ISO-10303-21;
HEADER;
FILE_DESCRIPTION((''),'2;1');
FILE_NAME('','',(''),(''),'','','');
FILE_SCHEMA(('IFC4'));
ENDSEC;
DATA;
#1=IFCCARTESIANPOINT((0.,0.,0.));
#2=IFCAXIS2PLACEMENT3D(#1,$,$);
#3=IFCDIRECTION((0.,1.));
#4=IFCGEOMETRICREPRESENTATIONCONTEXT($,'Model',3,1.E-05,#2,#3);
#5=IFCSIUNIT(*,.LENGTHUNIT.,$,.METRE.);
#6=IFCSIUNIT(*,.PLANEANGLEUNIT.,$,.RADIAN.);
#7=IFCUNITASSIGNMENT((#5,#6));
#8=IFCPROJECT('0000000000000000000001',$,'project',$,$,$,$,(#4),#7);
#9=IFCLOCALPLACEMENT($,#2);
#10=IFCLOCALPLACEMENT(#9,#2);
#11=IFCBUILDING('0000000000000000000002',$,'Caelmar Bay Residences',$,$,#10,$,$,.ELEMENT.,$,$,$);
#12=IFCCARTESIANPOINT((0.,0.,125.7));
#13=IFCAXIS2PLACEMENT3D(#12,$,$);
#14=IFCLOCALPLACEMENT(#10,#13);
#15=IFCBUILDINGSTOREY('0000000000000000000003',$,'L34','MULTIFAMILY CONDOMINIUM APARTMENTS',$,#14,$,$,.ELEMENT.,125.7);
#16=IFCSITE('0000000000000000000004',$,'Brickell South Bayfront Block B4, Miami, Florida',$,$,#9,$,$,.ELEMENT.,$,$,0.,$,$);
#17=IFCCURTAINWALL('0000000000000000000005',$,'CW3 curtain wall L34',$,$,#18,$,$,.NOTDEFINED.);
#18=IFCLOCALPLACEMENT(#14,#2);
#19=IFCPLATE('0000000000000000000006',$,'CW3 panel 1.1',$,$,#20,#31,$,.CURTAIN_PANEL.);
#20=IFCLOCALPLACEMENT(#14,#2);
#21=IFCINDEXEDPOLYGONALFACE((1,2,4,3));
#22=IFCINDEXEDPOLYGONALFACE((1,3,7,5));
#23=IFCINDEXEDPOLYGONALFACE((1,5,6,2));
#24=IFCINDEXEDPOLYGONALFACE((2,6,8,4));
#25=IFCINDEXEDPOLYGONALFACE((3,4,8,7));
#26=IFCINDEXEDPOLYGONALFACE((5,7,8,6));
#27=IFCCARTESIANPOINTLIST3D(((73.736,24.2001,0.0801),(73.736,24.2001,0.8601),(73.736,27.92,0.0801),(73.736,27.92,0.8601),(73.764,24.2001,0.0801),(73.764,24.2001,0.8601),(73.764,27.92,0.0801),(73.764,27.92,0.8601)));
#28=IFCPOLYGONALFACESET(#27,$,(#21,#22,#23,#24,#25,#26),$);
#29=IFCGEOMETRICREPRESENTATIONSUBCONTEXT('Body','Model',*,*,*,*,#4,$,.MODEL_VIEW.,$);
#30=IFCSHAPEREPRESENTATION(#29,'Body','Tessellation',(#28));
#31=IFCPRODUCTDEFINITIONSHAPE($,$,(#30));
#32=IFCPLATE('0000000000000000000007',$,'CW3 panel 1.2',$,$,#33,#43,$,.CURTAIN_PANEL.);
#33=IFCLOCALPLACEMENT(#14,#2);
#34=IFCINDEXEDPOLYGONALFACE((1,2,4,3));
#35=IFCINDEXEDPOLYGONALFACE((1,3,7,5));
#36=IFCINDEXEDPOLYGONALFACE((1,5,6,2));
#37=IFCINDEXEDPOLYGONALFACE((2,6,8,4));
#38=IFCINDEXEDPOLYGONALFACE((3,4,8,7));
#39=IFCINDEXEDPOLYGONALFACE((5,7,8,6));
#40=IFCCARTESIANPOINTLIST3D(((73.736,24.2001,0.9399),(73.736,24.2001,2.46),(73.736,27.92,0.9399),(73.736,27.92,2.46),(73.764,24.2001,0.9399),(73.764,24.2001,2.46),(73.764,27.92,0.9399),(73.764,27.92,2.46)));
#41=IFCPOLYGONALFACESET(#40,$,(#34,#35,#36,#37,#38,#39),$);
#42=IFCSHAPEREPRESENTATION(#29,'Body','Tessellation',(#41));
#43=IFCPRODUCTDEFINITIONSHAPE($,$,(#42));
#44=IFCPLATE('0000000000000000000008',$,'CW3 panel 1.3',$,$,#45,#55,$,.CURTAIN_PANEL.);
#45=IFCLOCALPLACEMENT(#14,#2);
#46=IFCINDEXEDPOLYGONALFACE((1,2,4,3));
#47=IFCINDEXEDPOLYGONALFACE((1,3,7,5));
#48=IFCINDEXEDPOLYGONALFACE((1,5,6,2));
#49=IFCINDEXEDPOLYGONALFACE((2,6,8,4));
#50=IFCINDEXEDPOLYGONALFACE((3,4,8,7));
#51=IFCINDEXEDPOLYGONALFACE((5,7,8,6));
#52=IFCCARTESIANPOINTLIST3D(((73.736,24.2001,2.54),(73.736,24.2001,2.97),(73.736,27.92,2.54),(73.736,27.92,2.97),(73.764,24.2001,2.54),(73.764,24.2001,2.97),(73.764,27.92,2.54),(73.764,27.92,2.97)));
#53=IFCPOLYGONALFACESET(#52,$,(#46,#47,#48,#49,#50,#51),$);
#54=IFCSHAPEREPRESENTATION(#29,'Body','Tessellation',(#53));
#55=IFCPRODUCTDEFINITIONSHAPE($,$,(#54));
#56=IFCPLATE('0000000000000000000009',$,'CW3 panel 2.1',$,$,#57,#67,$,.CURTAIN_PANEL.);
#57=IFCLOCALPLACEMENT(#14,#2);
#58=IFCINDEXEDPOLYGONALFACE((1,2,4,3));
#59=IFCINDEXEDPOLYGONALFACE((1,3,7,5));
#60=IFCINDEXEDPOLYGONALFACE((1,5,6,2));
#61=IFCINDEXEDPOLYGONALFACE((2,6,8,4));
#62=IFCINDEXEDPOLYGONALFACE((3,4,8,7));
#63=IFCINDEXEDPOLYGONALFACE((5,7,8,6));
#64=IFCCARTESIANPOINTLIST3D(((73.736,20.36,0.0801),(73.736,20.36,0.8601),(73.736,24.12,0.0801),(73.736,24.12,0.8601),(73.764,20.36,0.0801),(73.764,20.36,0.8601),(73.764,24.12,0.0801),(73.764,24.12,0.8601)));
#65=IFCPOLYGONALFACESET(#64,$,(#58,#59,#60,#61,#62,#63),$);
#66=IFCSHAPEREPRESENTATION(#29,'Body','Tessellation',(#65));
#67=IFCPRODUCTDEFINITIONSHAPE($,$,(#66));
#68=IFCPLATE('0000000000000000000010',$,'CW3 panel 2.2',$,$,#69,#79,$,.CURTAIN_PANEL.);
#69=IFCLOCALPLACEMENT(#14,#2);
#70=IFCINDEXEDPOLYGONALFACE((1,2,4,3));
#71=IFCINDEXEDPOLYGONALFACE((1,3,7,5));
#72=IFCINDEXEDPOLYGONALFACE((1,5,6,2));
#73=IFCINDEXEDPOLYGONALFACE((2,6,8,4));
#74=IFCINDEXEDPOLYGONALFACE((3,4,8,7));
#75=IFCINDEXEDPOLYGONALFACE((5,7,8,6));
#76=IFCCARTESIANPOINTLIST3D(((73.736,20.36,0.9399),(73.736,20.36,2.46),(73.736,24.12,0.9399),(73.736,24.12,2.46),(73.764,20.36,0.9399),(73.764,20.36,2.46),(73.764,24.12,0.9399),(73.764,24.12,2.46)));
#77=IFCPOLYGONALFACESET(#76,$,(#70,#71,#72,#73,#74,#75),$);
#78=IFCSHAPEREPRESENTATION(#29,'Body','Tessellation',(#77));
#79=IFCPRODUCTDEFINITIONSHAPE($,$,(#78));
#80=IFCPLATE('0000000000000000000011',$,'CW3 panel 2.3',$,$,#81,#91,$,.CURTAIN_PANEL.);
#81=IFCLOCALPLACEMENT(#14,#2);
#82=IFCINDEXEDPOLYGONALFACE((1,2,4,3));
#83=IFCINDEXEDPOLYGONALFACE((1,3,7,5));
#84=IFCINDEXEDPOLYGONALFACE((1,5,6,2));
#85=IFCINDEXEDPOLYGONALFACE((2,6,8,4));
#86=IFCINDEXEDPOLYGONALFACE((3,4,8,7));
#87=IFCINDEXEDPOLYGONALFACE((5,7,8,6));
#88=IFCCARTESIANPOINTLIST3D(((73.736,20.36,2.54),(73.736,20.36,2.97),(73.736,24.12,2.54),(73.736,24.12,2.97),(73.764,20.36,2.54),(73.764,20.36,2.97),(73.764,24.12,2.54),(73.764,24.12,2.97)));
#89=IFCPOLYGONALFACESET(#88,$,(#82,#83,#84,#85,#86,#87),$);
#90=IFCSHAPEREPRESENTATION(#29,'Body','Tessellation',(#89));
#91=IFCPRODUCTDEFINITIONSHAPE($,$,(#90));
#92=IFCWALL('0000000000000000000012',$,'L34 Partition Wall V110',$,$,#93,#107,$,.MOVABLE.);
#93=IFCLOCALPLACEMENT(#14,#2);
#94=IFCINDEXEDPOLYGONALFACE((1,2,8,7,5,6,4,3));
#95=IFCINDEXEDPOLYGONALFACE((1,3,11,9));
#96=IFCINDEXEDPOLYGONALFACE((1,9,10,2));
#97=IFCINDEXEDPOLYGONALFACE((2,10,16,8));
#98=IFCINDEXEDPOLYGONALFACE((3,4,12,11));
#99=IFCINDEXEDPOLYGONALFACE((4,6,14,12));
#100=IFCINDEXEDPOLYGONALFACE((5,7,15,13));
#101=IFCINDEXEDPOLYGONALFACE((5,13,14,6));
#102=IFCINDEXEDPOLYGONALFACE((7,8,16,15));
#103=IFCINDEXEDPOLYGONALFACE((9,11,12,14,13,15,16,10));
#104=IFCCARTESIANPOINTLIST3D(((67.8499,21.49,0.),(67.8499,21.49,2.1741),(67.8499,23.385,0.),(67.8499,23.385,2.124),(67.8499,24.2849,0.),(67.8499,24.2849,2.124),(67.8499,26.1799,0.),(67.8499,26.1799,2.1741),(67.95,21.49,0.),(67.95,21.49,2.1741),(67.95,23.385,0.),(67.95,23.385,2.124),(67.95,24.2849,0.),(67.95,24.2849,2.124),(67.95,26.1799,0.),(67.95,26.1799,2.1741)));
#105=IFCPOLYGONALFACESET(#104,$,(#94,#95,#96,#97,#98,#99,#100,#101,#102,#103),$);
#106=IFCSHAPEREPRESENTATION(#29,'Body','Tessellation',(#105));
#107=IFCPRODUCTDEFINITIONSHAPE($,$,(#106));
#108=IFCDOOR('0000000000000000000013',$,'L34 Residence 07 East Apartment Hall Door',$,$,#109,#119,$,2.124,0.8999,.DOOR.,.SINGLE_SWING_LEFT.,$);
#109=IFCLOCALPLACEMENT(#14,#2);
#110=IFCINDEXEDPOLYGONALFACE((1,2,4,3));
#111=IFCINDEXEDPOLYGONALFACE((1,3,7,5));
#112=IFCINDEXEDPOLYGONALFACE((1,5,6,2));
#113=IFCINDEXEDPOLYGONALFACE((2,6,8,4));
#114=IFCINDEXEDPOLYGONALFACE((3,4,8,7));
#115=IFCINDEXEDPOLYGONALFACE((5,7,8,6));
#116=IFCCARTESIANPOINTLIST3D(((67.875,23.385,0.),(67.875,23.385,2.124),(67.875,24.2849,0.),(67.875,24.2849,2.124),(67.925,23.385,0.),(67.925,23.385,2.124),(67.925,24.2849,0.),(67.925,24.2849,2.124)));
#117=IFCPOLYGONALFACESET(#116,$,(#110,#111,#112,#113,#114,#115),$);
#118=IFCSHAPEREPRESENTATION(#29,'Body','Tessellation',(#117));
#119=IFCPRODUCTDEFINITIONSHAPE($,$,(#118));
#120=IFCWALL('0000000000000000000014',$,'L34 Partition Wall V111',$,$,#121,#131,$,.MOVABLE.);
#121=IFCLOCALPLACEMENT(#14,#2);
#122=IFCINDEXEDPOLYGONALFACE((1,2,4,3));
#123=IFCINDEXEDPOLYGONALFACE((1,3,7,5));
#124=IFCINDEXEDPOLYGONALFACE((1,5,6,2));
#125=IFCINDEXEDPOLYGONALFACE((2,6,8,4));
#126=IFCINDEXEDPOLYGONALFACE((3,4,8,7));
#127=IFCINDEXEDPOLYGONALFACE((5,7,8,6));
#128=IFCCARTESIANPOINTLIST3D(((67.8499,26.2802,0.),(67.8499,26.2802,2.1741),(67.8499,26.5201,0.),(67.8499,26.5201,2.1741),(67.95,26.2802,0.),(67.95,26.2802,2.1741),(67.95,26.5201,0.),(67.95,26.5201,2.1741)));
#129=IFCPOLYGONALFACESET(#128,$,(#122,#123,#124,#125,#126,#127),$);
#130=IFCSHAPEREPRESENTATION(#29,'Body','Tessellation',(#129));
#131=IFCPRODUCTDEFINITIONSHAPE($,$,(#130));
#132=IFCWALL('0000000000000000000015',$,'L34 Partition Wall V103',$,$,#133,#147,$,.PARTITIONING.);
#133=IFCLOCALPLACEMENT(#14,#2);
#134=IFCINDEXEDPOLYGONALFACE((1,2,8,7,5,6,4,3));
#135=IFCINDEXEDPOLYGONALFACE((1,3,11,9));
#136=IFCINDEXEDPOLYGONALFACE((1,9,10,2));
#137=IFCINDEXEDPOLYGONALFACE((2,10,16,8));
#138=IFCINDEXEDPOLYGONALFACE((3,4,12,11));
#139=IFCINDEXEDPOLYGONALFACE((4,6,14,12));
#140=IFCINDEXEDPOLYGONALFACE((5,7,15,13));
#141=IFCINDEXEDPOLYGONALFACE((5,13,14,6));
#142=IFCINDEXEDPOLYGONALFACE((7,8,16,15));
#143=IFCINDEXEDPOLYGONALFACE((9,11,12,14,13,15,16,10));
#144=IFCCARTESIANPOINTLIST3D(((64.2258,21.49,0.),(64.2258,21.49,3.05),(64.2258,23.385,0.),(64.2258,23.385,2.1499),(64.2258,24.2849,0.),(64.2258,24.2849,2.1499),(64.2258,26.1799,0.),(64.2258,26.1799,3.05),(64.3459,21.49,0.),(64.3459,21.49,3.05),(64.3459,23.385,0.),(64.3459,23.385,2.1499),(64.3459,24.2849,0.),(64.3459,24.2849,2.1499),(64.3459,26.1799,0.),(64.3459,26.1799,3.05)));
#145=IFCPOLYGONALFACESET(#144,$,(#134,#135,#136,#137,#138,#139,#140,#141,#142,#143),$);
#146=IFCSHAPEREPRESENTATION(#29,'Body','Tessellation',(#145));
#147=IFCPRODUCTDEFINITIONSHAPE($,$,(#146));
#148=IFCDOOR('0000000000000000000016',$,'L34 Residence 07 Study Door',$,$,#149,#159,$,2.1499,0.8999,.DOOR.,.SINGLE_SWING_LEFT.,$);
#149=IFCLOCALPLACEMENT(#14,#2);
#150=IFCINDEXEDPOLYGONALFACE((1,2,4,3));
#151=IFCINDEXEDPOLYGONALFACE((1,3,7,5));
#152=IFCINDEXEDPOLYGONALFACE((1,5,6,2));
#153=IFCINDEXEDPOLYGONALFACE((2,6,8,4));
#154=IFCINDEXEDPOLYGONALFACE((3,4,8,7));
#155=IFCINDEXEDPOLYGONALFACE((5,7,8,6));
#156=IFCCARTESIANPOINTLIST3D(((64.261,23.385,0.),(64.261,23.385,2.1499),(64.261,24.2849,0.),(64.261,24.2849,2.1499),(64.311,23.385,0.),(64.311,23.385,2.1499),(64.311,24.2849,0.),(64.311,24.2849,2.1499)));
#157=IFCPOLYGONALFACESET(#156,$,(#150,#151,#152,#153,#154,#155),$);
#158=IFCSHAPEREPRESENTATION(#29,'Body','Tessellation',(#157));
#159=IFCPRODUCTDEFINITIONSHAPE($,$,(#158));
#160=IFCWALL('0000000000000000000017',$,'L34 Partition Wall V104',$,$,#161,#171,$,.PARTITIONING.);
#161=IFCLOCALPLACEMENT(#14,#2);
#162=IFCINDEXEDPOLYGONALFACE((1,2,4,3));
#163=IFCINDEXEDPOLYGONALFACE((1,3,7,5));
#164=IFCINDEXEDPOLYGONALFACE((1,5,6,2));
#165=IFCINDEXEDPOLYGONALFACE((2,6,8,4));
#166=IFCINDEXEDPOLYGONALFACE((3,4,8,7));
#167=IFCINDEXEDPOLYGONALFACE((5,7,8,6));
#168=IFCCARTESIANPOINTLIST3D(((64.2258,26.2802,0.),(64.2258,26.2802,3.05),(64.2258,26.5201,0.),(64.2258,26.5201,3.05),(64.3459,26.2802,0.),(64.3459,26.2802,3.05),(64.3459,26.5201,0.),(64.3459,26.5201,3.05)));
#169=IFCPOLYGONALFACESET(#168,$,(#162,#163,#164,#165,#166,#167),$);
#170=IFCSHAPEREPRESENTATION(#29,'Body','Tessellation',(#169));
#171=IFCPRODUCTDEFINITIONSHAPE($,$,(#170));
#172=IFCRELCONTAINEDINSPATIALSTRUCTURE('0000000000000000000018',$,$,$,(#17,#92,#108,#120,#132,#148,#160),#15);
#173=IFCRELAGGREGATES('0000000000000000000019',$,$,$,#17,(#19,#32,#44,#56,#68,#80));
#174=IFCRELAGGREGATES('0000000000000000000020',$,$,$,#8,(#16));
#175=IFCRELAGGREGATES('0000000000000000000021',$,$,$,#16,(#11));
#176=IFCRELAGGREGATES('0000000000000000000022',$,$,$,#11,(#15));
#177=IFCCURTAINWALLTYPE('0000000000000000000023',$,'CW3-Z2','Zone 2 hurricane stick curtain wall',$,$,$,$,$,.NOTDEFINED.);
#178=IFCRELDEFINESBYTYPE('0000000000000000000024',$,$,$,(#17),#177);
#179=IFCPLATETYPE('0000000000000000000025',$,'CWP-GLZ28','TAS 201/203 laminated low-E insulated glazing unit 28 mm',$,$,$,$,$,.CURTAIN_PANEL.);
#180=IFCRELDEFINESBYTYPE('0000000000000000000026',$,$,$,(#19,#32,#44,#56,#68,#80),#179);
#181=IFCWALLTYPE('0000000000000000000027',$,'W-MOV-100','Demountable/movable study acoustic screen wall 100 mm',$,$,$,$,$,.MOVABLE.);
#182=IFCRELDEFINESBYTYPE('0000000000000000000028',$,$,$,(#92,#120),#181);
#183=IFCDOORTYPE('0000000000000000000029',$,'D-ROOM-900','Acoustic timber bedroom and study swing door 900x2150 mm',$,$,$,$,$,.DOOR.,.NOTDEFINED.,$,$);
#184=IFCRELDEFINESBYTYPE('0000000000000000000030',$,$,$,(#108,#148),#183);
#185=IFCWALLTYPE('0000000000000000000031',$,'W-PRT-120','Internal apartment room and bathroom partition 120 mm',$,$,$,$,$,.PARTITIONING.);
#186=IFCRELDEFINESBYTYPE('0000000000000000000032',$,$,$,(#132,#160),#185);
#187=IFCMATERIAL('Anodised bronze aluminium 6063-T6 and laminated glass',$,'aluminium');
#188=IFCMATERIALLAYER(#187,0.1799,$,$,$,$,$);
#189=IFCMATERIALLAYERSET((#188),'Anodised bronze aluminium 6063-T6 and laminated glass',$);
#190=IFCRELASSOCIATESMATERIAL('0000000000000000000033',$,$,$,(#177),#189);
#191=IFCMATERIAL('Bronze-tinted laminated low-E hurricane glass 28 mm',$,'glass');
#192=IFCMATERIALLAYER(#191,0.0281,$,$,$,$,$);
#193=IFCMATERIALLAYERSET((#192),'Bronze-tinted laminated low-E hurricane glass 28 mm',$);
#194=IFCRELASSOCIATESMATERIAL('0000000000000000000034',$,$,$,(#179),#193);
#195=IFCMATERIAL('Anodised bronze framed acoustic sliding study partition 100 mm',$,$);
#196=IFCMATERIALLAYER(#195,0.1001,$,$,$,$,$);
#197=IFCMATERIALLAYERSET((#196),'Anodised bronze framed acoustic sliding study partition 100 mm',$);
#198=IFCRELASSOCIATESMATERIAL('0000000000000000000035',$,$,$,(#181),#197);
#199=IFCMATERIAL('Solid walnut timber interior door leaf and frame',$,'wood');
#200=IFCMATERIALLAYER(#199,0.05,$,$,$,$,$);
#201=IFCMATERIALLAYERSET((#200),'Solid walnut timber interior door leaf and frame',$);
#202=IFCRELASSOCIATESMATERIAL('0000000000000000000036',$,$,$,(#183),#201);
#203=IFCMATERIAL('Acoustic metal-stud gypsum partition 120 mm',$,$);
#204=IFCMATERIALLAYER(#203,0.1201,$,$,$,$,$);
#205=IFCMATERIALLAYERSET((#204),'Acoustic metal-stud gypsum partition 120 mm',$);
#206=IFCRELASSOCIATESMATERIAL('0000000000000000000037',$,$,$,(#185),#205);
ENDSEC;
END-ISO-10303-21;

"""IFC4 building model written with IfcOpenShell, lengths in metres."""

from ifc_helpers import new_model, si_unit, direction, frame, frame_2d, origin, origin_2d, place, context, subcontext, project, spatial, rectangle, extrude, material, layer, layer_set, type_object, element, fill, aggregate, save


model = new_model("IFC4")

# Units and contexts
model_context = context("Model", 3, precision=1e-05, world=origin(), true_north=direction((0.0, 1.0)))
body_context = subcontext(model_context, "Body", "Model", "MODEL_VIEW")
ifc_project = project(units=[si_unit("LENGTHUNIT", "METRE"), si_unit("PLANEANGLEUNIT", "RADIAN")], contexts=[model_context])

# Site, building, storey
site_placement = place(None, origin())
site = spatial("IfcSite", under=ifc_project, at=site_placement, Name="Brickell South Bayfront Block B4, Miami, Florida", CompositionType="ELEMENT", RefElevation=0.0)
building_placement = place(site_placement, origin())
building = spatial("IfcBuilding", under=site, at=building_placement, Name="Caelmar Bay Residences", CompositionType="ELEMENT")
storey_placement = place(building_placement, frame((0.0, 0.0, 125.7)))
storey = spatial("IfcBuildingStorey", under=building, at=storey_placement, Name="L34", Description="MULTIFAMILY CONDOMINIUM APARTMENTS", CompositionType="ELEMENT", Elevation=125.7)

# Curtain wall, plates
ifc_material_1 = material(Name="Anodised bronze aluminium 6063-T6 and laminated glass", Category="aluminium")
ifc_layer_1 = layer(ifc_material_1, 0.1799)
ifc_layer_set_1 = layer_set([ifc_layer_1], Name="Anodised bronze aluminium 6063-T6 and laminated glass")
curtain_wall_type = type_object("IfcCurtainWallType", Name="CW3-Z2", Description="Zone 2 hurricane stick curtain wall", PredefinedType="NOTDEFINED", material=ifc_layer_set_1)
curtain_wall_placement = place(storey_placement, origin())
curtain_wall = element("IfcCurtainWall", 1, at=curtain_wall_placement, inside=storey, type_object=curtain_wall_type, Name="CW3 curtain wall L34", PredefinedType="NOTDEFINED")
ifc_material_2 = material(Name="Bronze-tinted laminated low-E hurricane glass 28 mm", Category="glass")
ifc_layer_2 = layer(ifc_material_2, 0.0281)
ifc_layer_set_2 = layer_set([ifc_layer_2], Name="Bronze-tinted laminated low-E hurricane glass 28 mm")
plate_type = type_object("IfcPlateType", Name="CWP-GLZ28", Description="TAS 201/203 laminated low-E insulated glazing unit 28 mm", PredefinedType="CURTAIN_PANEL", material=ifc_layer_set_2)
plate_1_placement = place(storey_placement, frame((73.75, 26.0601, 0.0801), z_axis=(0.0, 0.0, 1.0), x_axis=(0.0, -1.0, 0.0)))
plate_1 = element("IfcPlate", 2, at=plate_1_placement, type_object=plate_type, Name="CW3 panel 1.1", PredefinedType="CURTAIN_PANEL", context=body_context, shape_type="SweptSolid", body=[
    extrude(rectangle(XDim=3.72, YDim=0.0281, at=origin_2d()), origin(), (0.0, 0.0, 1.0), 0.78),
])
plate_2_placement = place(storey_placement, frame((73.75, 26.0601, 0.9399), z_axis=(0.0, 0.0, 1.0), x_axis=(0.0, -1.0, 0.0)))
plate_2 = element("IfcPlate", 3, at=plate_2_placement, type_object=plate_type, Name="CW3 panel 1.2", PredefinedType="CURTAIN_PANEL", context=body_context, shape_type="SweptSolid", body=[
    extrude(rectangle(XDim=3.72, YDim=0.0281, at=origin_2d()), origin(), (0.0, 0.0, 1.0), 1.52),
])
plate_3_placement = place(storey_placement, frame((73.75, 26.0601, 2.54), z_axis=(0.0, 0.0, 1.0), x_axis=(0.0, -1.0, 0.0)))
plate_3 = element("IfcPlate", 4, at=plate_3_placement, type_object=plate_type, Name="CW3 panel 1.3", PredefinedType="CURTAIN_PANEL", context=body_context, shape_type="SweptSolid", body=[
    extrude(rectangle(XDim=3.72, YDim=0.0281, at=origin_2d()), origin(), (0.0, 0.0, 1.0), 0.4299),
])
plate_4_placement = place(storey_placement, frame((73.75, 22.24, 0.0801), z_axis=(0.0, 0.0, 1.0), x_axis=(0.0, -1.0, 0.0)))
plate_4 = element("IfcPlate", 5, at=plate_4_placement, type_object=plate_type, Name="CW3 panel 2.1", PredefinedType="CURTAIN_PANEL", context=body_context, shape_type="SweptSolid", body=[
    extrude(rectangle(XDim=3.76, YDim=0.0281, at=origin_2d()), origin(), (0.0, 0.0, 1.0), 0.78),
])
plate_5_placement = place(storey_placement, frame((73.75, 22.24, 0.9399), z_axis=(0.0, 0.0, 1.0), x_axis=(0.0, -1.0, 0.0)))
plate_5 = element("IfcPlate", 6, at=plate_5_placement, type_object=plate_type, Name="CW3 panel 2.2", PredefinedType="CURTAIN_PANEL", context=body_context, shape_type="SweptSolid", body=[
    extrude(rectangle(XDim=3.76, YDim=0.0281, at=origin_2d()), origin(), (0.0, 0.0, 1.0), 1.52),
])
plate_6_placement = place(storey_placement, frame((73.75, 22.24, 2.54), z_axis=(0.0, 0.0, 1.0), x_axis=(0.0, -1.0, 0.0)))
plate_6 = element("IfcPlate", 7, at=plate_6_placement, type_object=plate_type, Name="CW3 panel 2.3", PredefinedType="CURTAIN_PANEL", context=body_context, shape_type="SweptSolid", body=[
    extrude(rectangle(XDim=3.76, YDim=0.0281, at=origin_2d()), origin(), (0.0, 0.0, 1.0), 0.4299),
])
aggregate(curtain_wall, [plate_1, plate_2, plate_3, plate_4, plate_5, plate_6])

# Wall, opening, door
ifc_material_3 = material(Name="Anodised bronze framed acoustic sliding study partition 100 mm")
ifc_layer_3 = layer(ifc_material_3, 0.1001)
ifc_layer_set_3 = layer_set([ifc_layer_3], Name="Anodised bronze framed acoustic sliding study partition 100 mm")
wall_type_1 = type_object("IfcWallType", Name="W-MOV-100", Description="Demountable/movable study acoustic screen wall 100 mm", PredefinedType="MOVABLE", material=ifc_layer_set_3)
wall_1_placement = place(storey_placement, frame((67.8999, 21.49, 0.0), z_axis=(0.0, 0.0, 1.0), x_axis=(0.0, 1.0, 0.0)))
wall_1 = element("IfcWall", 8, at=wall_1_placement, inside=storey, type_object=wall_type_1, Name="L34 Partition Wall V110", PredefinedType="MOVABLE", context=body_context, shape_type="SweptSolid", body=[
    extrude(rectangle(XDim=4.6899, YDim=0.1001, at=frame_2d((2.345, 0.0))), origin(), (0.0, 0.0, 1.0), 2.1741),
])
opening_1_placement = place(wall_1_placement, frame((1.895, 0.0, 0.0)))
opening_1 = element("IfcOpeningElement", 9, at=opening_1_placement, cuts=wall_1, PredefinedType="OPENING", context=body_context, shape_type="SweptSolid", body=[
    extrude(rectangle(XDim=0.8999, YDim=2.124, at=frame_2d((0.45, 1.062))), frame((0.0, 0.0601, 0.0), z_axis=(0.0, -1.0, 0.0), x_axis=(1.0, 0.0, 0.0)), (0.0, 0.0, 1.0), 0.1201),
])
ifc_material_4 = material(Name="Solid walnut timber interior door leaf and frame", Category="wood")
ifc_layer_4 = layer(ifc_material_4, 0.05)
ifc_layer_set_4 = layer_set([ifc_layer_4], Name="Solid walnut timber interior door leaf and frame")
door_type_1 = type_object("IfcDoorType", Name="D-ROOM-900", Description="Acoustic timber bedroom and study swing door 900x2150 mm", OperationType="NOTDEFINED", PredefinedType="DOOR", material=ifc_layer_set_4)
door_1_placement = place(opening_1_placement, origin())
door_1 = element("IfcDoor", 10, at=door_1_placement, inside=storey, type_object=door_type_1, Name="L34 Residence 07 East Apartment Hall Door", OperationType="SINGLE_SWING_LEFT", OverallHeight=2.124, OverallWidth=0.8999, PredefinedType="DOOR", context=body_context, shape_type="SweptSolid", body=[
    extrude(rectangle(XDim=0.8999, YDim=2.124, at=frame_2d((0.45, 1.062))), frame((0.0, 0.0249, 0.0), z_axis=(0.0, -1.0, 0.0), x_axis=(1.0, 0.0, 0.0)), (0.0, 0.0, 1.0), 0.05),
])
fill(opening_1, door_1)

# Wall
wall_2_placement = place(storey_placement, frame((67.8999, 26.28, 0.0), z_axis=(0.0, 0.0, 1.0), x_axis=(0.0, 1.0, 0.0)))
element("IfcWall", 11, at=wall_2_placement, inside=storey, type_object=wall_type_1, Name="L34 Partition Wall V111", PredefinedType="MOVABLE", context=body_context, shape_type="SweptSolid", body=[
    extrude(rectangle(XDim=0.24, YDim=0.1001, at=frame_2d((0.1201, 0.0))), origin(), (0.0, 0.0, 1.0), 2.1741),
])

# Wall, opening, door
ifc_material_5 = material(Name="Acoustic metal-stud gypsum partition 120 mm")
ifc_layer_5 = layer(ifc_material_5, 0.1201)
ifc_layer_set_5 = layer_set([ifc_layer_5], Name="Acoustic metal-stud gypsum partition 120 mm")
wall_type_2 = type_object("IfcWallType", Name="W-PRT-120", Description="Internal apartment room and bathroom partition 120 mm", PredefinedType="PARTITIONING", material=ifc_layer_set_5)
wall_3_placement = place(storey_placement, frame((64.2859, 21.49, 0.0), z_axis=(0.0, 0.0, 1.0), x_axis=(0.0, 1.0, 0.0)))
wall_3 = element("IfcWall", 12, at=wall_3_placement, inside=storey, type_object=wall_type_2, Name="L34 Partition Wall V103", PredefinedType="PARTITIONING", context=body_context, shape_type="SweptSolid", body=[
    extrude(rectangle(XDim=4.6899, YDim=0.1201, at=frame_2d((2.345, 0.0))), origin(), (0.0, 0.0, 1.0), 3.05),
])
opening_2_placement = place(wall_3_placement, frame((1.895, 0.0, 0.0)))
opening_2 = element("IfcOpeningElement", 13, at=opening_2_placement, cuts=wall_3, PredefinedType="OPENING", context=body_context, shape_type="SweptSolid", body=[
    extrude(rectangle(XDim=0.8999, YDim=2.1499, at=frame_2d((0.45, 1.075))), frame((0.0, 0.0701, 0.0), z_axis=(0.0, -1.0, 0.0), x_axis=(1.0, 0.0, 0.0)), (0.0, 0.0, 1.0), 0.1401),
])
door_2_placement = place(opening_2_placement, origin())
door_2 = element("IfcDoor", 14, at=door_2_placement, inside=storey, type_object=door_type_1, Name="L34 Residence 07 Study Door", OperationType="SINGLE_SWING_LEFT", OverallHeight=2.1499, OverallWidth=0.8999, PredefinedType="DOOR", context=body_context, shape_type="SweptSolid", body=[
    extrude(rectangle(XDim=0.8999, YDim=2.1499, at=frame_2d((0.45, 1.075))), frame((0.0, 0.0249, 0.0), z_axis=(0.0, -1.0, 0.0), x_axis=(1.0, 0.0, 0.0)), (0.0, 0.0, 1.0), 0.05),
])
fill(opening_2, door_2)

# Wall
wall_4_placement = place(storey_placement, frame((64.2859, 26.28, 0.0), z_axis=(0.0, 0.0, 1.0), x_axis=(0.0, 1.0, 0.0)))
element("IfcWall", 15, at=wall_4_placement, inside=storey, type_object=wall_type_2, Name="L34 Partition Wall V104", PredefinedType="PARTITIONING", context=body_context, shape_type="SweptSolid", body=[
    extrude(rectangle(XDim=0.24, YDim=0.1201, at=frame_2d((0.1201, 0.0))), origin(), (0.0, 0.0, 1.0), 3.05),
])

save(model, "model.ifc")
